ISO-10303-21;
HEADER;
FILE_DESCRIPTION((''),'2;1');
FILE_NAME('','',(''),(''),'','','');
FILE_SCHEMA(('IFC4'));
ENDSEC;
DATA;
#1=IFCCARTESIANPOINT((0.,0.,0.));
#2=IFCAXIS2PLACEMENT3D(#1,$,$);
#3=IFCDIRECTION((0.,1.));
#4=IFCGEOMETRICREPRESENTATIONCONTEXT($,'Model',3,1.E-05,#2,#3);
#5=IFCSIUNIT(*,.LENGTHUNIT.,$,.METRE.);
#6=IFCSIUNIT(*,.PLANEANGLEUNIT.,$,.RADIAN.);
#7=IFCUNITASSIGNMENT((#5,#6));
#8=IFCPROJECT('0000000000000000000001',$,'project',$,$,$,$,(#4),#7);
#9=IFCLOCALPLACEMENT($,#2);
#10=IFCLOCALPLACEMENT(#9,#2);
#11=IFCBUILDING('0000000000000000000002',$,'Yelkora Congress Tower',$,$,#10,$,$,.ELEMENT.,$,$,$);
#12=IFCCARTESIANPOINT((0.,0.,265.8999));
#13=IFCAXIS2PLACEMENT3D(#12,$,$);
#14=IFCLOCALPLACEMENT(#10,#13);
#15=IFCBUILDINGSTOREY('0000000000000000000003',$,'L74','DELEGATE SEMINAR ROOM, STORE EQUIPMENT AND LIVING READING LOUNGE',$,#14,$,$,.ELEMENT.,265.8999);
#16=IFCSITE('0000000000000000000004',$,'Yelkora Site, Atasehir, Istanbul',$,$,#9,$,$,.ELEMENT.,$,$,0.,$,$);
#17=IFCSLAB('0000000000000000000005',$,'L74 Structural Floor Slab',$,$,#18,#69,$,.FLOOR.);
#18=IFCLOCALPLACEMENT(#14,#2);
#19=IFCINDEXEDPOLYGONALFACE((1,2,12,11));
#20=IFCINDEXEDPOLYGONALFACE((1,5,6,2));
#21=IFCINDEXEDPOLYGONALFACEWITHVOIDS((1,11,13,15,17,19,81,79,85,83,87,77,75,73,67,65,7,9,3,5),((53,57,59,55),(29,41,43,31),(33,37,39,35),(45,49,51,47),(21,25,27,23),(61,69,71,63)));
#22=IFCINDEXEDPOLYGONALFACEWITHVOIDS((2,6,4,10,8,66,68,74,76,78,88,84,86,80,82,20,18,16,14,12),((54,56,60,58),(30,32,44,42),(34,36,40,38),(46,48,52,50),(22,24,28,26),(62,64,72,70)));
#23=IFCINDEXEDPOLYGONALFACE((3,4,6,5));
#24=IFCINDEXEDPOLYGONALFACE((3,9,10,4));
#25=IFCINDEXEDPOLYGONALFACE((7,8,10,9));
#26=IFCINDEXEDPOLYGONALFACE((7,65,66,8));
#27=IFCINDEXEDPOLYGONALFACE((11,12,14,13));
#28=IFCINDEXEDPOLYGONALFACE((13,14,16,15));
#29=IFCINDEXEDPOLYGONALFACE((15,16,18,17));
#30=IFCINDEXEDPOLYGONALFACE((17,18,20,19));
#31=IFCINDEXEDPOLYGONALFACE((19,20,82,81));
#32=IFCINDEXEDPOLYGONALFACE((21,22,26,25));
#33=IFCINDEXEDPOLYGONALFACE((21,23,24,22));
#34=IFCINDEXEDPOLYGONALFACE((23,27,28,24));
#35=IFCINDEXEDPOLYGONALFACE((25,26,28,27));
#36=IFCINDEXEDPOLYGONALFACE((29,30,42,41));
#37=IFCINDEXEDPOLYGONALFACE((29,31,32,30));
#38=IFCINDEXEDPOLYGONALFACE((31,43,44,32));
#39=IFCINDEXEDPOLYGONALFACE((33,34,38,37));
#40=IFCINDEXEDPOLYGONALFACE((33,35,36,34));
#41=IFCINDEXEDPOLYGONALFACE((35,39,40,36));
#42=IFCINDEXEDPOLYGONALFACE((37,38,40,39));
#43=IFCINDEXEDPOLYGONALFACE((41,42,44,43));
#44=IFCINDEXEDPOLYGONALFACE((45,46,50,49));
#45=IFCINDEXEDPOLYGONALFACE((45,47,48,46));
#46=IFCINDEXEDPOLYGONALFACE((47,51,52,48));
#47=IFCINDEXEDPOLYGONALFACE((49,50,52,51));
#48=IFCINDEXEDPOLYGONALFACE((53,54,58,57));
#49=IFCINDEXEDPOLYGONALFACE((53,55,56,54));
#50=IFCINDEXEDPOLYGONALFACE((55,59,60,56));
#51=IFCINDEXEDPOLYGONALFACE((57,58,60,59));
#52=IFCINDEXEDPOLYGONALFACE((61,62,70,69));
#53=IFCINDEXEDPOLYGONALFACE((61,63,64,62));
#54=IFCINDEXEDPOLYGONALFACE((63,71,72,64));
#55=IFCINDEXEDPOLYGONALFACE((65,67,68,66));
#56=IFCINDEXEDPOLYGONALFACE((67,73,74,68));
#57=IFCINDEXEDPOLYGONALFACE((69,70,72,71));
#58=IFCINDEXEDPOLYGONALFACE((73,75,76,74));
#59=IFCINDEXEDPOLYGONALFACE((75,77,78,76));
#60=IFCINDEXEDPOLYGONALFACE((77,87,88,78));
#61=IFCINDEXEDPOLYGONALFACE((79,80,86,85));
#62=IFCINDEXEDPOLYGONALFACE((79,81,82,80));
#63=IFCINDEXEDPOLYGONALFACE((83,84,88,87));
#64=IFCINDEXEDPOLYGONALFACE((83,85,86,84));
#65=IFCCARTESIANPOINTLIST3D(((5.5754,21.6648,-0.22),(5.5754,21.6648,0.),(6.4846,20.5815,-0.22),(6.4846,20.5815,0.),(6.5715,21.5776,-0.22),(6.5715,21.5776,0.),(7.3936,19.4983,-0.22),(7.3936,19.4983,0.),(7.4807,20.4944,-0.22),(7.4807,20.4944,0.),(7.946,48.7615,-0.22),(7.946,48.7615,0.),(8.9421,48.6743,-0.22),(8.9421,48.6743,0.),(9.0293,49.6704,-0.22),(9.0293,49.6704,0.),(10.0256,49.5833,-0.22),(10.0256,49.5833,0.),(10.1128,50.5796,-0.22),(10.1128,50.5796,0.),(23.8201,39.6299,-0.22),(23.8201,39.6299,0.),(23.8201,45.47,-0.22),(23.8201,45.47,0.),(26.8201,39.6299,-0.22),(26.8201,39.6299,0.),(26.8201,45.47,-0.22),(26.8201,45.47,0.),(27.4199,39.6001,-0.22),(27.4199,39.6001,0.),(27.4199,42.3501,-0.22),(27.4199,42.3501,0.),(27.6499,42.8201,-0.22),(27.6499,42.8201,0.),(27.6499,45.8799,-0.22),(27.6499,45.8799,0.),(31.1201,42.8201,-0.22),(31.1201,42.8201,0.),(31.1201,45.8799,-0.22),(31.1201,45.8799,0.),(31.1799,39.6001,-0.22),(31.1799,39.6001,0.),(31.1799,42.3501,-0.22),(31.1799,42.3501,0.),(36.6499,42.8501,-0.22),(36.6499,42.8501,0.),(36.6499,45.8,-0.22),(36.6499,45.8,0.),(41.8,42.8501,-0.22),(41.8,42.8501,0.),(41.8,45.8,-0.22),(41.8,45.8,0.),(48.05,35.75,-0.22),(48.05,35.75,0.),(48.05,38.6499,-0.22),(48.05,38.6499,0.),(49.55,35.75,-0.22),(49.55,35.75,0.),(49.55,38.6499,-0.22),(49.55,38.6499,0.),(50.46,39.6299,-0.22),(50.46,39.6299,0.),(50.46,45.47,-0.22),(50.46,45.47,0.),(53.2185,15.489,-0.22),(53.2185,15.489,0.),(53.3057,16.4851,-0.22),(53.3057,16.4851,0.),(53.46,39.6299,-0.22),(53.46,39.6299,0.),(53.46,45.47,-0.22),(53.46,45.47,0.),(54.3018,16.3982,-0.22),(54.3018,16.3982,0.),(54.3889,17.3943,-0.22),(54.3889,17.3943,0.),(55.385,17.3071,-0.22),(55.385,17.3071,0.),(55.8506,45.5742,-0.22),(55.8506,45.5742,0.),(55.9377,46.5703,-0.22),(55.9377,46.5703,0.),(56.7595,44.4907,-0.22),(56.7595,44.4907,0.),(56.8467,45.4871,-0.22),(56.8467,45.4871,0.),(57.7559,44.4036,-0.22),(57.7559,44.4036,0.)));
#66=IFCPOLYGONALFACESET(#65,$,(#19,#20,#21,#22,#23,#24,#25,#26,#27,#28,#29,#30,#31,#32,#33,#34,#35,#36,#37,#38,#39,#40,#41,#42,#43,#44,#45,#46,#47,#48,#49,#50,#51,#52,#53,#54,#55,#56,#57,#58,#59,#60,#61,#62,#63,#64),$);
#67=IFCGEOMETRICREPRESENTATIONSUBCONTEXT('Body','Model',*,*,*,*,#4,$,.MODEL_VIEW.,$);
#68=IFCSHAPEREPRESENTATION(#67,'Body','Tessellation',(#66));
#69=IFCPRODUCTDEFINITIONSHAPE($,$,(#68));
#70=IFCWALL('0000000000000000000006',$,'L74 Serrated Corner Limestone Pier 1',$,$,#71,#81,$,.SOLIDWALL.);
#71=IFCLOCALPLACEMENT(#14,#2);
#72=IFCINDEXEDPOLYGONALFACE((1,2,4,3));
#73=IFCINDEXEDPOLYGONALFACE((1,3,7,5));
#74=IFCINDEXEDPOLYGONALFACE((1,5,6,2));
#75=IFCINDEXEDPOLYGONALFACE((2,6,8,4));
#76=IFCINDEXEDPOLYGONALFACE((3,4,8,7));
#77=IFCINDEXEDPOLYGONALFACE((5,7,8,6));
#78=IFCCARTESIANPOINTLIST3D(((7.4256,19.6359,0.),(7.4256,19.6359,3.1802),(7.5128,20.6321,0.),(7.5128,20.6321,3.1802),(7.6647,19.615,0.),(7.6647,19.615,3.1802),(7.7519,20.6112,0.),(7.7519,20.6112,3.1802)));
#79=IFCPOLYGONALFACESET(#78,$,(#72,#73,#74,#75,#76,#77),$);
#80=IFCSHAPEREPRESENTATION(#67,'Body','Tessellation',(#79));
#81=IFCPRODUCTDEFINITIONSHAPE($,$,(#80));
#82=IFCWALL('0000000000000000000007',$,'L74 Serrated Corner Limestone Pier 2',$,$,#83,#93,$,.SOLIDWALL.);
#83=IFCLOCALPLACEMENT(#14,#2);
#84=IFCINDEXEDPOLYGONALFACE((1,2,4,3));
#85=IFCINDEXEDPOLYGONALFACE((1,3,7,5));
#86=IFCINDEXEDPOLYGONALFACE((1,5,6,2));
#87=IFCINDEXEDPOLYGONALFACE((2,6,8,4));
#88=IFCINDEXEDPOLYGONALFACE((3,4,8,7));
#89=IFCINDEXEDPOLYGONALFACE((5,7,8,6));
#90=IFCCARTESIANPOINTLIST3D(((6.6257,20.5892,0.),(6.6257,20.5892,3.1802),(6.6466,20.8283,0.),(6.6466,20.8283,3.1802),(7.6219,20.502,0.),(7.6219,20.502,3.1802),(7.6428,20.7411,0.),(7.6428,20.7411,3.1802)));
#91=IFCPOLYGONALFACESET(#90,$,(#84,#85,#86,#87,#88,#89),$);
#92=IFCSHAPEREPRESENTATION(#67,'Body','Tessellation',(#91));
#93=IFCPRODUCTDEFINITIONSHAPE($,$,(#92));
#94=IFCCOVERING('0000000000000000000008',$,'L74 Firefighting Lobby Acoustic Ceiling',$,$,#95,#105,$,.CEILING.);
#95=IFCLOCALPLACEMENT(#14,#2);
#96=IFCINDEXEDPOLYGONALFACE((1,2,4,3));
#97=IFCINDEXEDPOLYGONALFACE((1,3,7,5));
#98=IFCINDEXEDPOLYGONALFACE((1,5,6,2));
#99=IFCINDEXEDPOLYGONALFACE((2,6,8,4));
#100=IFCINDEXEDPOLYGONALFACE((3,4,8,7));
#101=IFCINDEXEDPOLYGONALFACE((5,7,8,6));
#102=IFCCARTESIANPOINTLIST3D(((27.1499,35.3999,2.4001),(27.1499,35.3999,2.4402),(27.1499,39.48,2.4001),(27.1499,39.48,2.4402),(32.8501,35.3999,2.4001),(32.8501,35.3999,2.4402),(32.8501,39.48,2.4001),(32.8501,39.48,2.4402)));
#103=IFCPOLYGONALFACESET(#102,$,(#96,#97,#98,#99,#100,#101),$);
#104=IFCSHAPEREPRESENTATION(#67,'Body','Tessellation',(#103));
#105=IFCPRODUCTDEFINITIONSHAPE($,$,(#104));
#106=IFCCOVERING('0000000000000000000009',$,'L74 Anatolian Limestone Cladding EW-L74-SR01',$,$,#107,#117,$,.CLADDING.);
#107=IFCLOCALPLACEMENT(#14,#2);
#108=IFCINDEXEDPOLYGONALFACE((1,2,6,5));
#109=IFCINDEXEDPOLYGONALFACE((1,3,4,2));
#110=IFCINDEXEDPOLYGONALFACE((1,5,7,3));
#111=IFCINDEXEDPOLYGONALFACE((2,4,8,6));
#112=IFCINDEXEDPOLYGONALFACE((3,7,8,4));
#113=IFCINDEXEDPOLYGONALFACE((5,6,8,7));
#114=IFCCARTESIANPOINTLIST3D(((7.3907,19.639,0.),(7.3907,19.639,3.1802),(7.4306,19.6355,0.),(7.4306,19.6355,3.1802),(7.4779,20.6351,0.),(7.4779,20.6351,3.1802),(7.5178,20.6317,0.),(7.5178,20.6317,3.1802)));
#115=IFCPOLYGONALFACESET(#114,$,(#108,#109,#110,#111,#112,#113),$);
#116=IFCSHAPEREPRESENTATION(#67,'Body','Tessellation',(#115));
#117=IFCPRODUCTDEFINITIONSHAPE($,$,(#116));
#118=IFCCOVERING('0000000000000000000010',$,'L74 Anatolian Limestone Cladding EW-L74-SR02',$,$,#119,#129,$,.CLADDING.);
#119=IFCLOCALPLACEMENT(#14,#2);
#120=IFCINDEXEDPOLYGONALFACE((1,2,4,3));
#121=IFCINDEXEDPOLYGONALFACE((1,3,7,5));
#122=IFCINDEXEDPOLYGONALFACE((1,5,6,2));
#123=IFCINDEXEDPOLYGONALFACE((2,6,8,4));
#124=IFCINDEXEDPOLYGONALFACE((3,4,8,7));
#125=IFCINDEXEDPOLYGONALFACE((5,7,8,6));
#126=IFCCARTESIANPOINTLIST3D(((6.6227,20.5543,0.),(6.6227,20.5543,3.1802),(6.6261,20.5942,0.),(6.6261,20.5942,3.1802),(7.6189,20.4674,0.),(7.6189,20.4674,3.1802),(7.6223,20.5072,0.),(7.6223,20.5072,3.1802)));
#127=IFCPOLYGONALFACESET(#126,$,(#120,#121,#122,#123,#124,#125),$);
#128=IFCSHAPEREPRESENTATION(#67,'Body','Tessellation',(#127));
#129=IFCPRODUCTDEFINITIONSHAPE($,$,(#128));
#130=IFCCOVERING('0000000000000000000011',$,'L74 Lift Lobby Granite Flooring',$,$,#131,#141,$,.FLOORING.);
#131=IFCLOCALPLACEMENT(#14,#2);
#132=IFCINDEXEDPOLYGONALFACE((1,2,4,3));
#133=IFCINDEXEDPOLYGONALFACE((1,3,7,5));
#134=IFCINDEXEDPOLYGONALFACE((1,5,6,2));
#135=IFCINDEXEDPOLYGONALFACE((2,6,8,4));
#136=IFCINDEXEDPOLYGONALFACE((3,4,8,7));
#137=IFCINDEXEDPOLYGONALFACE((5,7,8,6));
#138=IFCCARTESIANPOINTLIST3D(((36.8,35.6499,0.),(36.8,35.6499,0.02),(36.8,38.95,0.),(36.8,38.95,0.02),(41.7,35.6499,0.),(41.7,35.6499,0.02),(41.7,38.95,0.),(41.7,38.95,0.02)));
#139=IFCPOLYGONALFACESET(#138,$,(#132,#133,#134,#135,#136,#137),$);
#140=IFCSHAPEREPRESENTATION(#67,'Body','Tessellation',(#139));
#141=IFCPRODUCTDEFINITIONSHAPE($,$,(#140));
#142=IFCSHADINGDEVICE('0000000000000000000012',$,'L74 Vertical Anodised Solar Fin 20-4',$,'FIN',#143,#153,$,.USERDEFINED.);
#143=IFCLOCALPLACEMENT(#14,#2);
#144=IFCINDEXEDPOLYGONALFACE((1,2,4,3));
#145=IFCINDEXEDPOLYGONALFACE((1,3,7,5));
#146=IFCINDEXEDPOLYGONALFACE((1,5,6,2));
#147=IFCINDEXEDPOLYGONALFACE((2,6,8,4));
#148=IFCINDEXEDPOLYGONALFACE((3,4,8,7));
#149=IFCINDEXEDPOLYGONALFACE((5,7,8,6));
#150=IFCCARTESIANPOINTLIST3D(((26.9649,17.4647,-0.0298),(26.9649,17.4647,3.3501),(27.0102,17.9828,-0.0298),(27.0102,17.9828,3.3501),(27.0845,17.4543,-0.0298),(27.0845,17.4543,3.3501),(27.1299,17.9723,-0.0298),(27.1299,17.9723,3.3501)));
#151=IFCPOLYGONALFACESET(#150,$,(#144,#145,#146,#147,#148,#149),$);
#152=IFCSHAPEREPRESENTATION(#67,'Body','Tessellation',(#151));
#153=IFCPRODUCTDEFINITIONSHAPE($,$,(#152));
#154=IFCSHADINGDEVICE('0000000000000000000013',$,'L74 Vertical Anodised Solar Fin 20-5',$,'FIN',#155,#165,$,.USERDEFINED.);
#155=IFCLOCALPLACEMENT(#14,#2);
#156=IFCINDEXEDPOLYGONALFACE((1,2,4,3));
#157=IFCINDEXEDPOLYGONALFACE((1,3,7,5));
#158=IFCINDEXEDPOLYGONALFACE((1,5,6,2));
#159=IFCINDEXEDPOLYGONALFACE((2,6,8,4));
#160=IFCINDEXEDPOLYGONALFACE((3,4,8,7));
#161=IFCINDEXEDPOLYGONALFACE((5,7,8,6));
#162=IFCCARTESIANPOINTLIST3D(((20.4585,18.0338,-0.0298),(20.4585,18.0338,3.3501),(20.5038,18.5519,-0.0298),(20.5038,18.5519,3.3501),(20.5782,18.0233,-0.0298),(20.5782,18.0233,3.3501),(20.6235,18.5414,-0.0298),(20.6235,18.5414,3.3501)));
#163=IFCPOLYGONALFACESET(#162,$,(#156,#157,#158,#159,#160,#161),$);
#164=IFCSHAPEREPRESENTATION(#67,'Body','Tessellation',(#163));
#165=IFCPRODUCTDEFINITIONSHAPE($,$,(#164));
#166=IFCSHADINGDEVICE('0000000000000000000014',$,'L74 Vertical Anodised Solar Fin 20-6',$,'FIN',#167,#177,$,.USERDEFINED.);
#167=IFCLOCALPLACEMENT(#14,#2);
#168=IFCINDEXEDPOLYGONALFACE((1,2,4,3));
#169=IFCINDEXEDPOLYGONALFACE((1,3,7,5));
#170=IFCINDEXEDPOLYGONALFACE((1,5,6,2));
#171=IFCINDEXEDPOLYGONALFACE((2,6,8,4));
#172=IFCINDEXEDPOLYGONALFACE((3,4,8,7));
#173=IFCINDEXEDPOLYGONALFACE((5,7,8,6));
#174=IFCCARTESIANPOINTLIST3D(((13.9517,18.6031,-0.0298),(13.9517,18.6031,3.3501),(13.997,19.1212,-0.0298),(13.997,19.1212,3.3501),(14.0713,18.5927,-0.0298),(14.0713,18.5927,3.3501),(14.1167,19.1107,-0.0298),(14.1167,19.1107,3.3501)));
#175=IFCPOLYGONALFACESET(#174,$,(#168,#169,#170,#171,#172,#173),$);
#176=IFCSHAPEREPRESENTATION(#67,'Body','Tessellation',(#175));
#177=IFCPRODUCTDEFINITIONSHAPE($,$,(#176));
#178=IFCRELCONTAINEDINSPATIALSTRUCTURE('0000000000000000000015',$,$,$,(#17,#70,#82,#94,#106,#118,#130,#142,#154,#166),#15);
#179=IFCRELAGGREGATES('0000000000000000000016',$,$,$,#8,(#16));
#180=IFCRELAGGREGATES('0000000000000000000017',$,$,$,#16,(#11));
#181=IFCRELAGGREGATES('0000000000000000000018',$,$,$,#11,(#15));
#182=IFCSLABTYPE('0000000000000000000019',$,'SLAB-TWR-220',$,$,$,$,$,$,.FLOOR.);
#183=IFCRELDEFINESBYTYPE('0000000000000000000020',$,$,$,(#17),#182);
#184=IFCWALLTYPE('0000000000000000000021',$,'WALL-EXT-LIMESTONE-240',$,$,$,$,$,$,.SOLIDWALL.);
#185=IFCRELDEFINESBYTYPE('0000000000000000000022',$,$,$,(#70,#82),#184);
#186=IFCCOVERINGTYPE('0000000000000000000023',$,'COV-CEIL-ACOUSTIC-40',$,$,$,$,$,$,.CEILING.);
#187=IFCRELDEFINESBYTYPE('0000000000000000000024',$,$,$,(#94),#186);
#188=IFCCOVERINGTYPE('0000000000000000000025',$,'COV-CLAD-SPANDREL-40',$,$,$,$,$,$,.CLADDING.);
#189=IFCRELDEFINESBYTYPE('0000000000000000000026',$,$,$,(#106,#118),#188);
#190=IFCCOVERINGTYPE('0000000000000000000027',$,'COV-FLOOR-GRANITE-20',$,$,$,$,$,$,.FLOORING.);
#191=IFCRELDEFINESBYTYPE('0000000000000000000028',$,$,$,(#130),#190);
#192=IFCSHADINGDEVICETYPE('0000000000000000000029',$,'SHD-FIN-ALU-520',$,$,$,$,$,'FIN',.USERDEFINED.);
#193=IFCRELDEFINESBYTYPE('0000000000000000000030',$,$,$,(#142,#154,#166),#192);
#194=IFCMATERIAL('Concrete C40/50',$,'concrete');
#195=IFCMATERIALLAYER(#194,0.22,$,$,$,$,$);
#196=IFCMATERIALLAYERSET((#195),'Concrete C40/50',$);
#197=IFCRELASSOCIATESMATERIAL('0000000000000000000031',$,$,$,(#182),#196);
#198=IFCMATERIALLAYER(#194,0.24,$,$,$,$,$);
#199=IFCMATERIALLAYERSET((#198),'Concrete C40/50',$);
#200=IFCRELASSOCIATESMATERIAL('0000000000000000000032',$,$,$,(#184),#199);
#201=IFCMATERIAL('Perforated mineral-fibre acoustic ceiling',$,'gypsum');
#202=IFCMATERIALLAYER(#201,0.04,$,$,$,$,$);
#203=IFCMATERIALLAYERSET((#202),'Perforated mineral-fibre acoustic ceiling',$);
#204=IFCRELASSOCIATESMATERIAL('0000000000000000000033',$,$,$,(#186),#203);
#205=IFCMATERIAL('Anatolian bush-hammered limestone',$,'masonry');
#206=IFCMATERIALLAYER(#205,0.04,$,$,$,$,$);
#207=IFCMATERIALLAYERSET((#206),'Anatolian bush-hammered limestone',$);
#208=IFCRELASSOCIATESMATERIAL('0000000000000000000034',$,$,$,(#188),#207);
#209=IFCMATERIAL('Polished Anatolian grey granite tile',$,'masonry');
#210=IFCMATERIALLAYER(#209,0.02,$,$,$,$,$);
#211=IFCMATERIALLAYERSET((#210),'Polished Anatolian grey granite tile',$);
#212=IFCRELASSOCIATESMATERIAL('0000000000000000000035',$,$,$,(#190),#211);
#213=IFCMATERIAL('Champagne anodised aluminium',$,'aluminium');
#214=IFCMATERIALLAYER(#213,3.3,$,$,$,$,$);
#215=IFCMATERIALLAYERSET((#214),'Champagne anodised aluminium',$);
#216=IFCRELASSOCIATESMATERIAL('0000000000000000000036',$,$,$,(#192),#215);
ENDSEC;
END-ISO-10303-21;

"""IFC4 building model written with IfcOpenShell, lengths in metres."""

from ifc_helpers import new_model, si_unit, direction, frame, frame_2d, origin, origin_2d, place, context, subcontext, project, spatial, polyline, rectangle, outline, extrude, material, layer, layer_set, type_object, element, save


model = new_model("IFC4")

# Units and contexts
model_context = context("Model", 3, precision=1e-05, world=origin(), true_north=direction((0.0, 1.0)))
body_context = subcontext(model_context, "Body", "Model", "MODEL_VIEW")
ifc_project = project(units=[si_unit("LENGTHUNIT", "METRE"), si_unit("PLANEANGLEUNIT", "RADIAN")], contexts=[model_context])

# Site, building, storey
site_placement = place(None, origin())
site = spatial("IfcSite", under=ifc_project, at=site_placement, Name="Yelkora Site, Atasehir, Istanbul", CompositionType="ELEMENT", RefElevation=0.0)
building_placement = place(site_placement, origin())
building = spatial("IfcBuilding", under=site, at=building_placement, Name="Yelkora Congress Tower", CompositionType="ELEMENT")
storey_placement = place(building_placement, frame((0.0, 0.0, 265.8999)))
storey = spatial("IfcBuildingStorey", under=building, at=storey_placement, Name="L74", Description="DELEGATE SEMINAR ROOM, STORE EQUIPMENT AND LIVING READING LOUNGE", CompositionType="ELEMENT", Elevation=265.8999)

# Shared definitions
ifc_material_1 = material(Name="Concrete C40/50", Category="concrete")

# Slab
ifc_layer_1 = layer(ifc_material_1, 0.22)
ifc_layer_set_1 = layer_set([ifc_layer_1], Name="Concrete C40/50")
slab_type_1 = type_object("IfcSlabType", Name="SLAB-TWR-220", PredefinedType="FLOOR", material=ifc_layer_set_1)
slab_1_placement = place(storey_placement, frame((0.0, 0.0, -0.22)))
element("IfcSlab", 1, at=slab_1_placement, inside=storey, type_object=slab_type_1, Name="L74 Structural Floor Slab", PredefinedType="FLOOR", context=body_context, shape_type="SweptSolid", body=[
    extrude(outline(polyline([(7.3936, 19.4983), (53.2185, 15.489), (53.3057, 16.4851), (54.3018, 16.3982), (54.3889, 17.3943), (55.385, 17.3071), (57.7559, 44.4036), (56.7595, 44.4907), (56.8467, 45.4871), (55.8506, 45.5742), (55.9377, 46.5703), (10.1128, 50.5796), (10.0256, 49.5833), (9.0293, 49.6704), (8.9421, 48.6743), (7.946, 48.7615), (5.5754, 21.6648), (6.5715, 21.5776), (6.4846, 20.5815), (7.4807, 20.4944), (7.3936, 19.4983)]), holes=[polyline([(23.8201, 39.6299), (26.8201, 39.6299), (26.8201, 45.47), (23.8201, 45.47), (23.8201, 39.6299)]), polyline([(50.46, 39.6299), (53.46, 39.6299), (53.46, 45.47), (50.46, 45.47), (50.46, 39.6299)]), polyline([(48.05, 35.75), (49.55, 35.75), (49.55, 38.6499), (48.05, 38.6499), (48.05, 35.75)]), polyline([(36.6499, 42.8501), (41.8, 42.8501), (41.8, 45.8), (36.6499, 45.8), (36.6499, 42.8501)]), polyline([(27.4199, 39.6001), (31.1799, 39.6001), (31.1799, 42.3501), (27.4199, 42.3501), (27.4199, 39.6001)]), polyline([(27.6499, 42.8201), (31.1201, 42.8201), (31.1201, 45.8799), (27.6499, 45.8799), (27.6499, 42.8201)])]), origin(), (0.0, 0.0, 1.0), 0.22),
])

# Walls
ifc_layer_2 = layer(ifc_material_1, 0.24)
ifc_layer_set_2 = layer_set([ifc_layer_2], Name="Concrete C40/50")
wall_type = type_object("IfcWallType", Name="WALL-EXT-LIMESTONE-240", PredefinedType="SOLIDWALL", material=ifc_layer_set_2)
for number, where, z_axis, x_axis, name in (
    (2, (7.5452, 19.6255, 0.0), (0.0, 0.0, 1.0), (0.087167, 0.996194, 0.0), "L74 Serrated Corner Limestone Pier 1"),
    (3, (7.6323, 20.6216, 0.0), (0.0, 0.0, 1.0), (-0.996194, 0.087167, 0.0), "L74 Serrated Corner Limestone Pier 2"),
):
    element("IfcWall", number, at=place(storey_placement, frame(where, z_axis=z_axis, x_axis=x_axis)), inside=storey, type_object=wall_type, Name=name, PredefinedType="SOLIDWALL", context=body_context, shape_type="SweptSolid", body=[
        extrude(rectangle(XDim=1.0, YDim=0.24, at=frame_2d((0.5, 0.0))), origin(), (0.0, 0.0, 1.0), 3.1802),
    ])

# Coverings
ifc_material_2 = material(Name="Perforated mineral-fibre acoustic ceiling", Category="gypsum")
ifc_layer_3 = layer(ifc_material_2, 0.04)
ifc_layer_set_3 = layer_set([ifc_layer_3], Name="Perforated mineral-fibre acoustic ceiling")
covering_type_1 = type_object("IfcCoveringType", Name="COV-CEIL-ACOUSTIC-40", PredefinedType="CEILING", material=ifc_layer_set_3)
covering_1_placement = place(storey_placement, frame((0.0, 0.0, 2.4001)))
element("IfcCovering", 4, at=covering_1_placement, inside=storey, type_object=covering_type_1, Name="L74 Firefighting Lobby Acoustic Ceiling", PredefinedType="CEILING", context=body_context, shape_type="SweptSolid", body=[
    extrude(outline(polyline([(27.1499, 35.3999), (32.8501, 35.3999), (32.8501, 39.48), (27.1499, 39.48), (27.1499, 35.3999)])), origin(), (0.0, 0.0, 1.0), 0.04),
])
ifc_material_3 = material(Name="Anatolian bush-hammered limestone", Category="masonry")
ifc_layer_4 = layer(ifc_material_3, 0.04)
ifc_layer_set_4 = layer_set([ifc_layer_4], Name="Anatolian bush-hammered limestone")
covering_type_2 = type_object("IfcCoveringType", Name="COV-CLAD-SPANDREL-40", PredefinedType="CLADDING", material=ifc_layer_set_4)
for number, where, z_axis, x_axis, name in (
    (5, (7.4106, 19.6372, 0.0), (0.0, 0.0, 1.0), (0.087167, 0.996194, 0.0), "L74 Anatolian Limestone Cladding EW-L74-SR01"),
    (6, (7.6206, 20.4873, 0.0), (0.0, 0.0, 1.0), (-0.996215, 0.086925, 0.0), "L74 Anatolian Limestone Cladding EW-L74-SR02"),
):
    element("IfcCovering", number, at=place(storey_placement, frame(where, z_axis=z_axis, x_axis=x_axis)), inside=storey, type_object=covering_type_2, Name=name, PredefinedType="CLADDING", context=body_context, shape_type="SweptSolid", body=[
        extrude(rectangle(XDim=1.0, YDim=0.04, at=frame_2d((0.5, 0.0))), origin(), (0.0, 0.0, 1.0), 3.1802),
    ])
ifc_material_4 = material(Name="Polished Anatolian grey granite tile", Category="masonry")
ifc_layer_5 = layer(ifc_material_4, 0.02)
ifc_layer_set_5 = layer_set([ifc_layer_5], Name="Polished Anatolian grey granite tile")
covering_type_3 = type_object("IfcCoveringType", Name="COV-FLOOR-GRANITE-20", PredefinedType="FLOORING", material=ifc_layer_set_5)
covering_2_placement = place(storey_placement, origin())
element("IfcCovering", 7, at=covering_2_placement, inside=storey, type_object=covering_type_3, Name="L74 Lift Lobby Granite Flooring", PredefinedType="FLOORING", context=body_context, shape_type="SweptSolid", body=[
    extrude(outline(polyline([(36.8, 35.6499), (41.7, 35.6499), (41.7, 38.95), (36.8, 38.95), (36.8, 35.6499)])), origin(), (0.0, 0.0, 1.0), 0.02),
])

# Shading devices
ifc_material_5 = material(Name="Champagne anodised aluminium", Category="aluminium")
ifc_layer_6 = layer(ifc_material_5, 3.3)
ifc_layer_set_6 = layer_set([ifc_layer_6], Name="Champagne anodised aluminium")
shading_device_type = type_object("IfcShadingDeviceType", Name="SHD-FIN-ALU-520", ElementType="FIN", PredefinedType="USERDEFINED", material=ifc_layer_set_6)
for number, where, z_axis, x_axis, name in (
    (8, (27.0474, 17.7185, -0.0298), (0.0, 0.0, 1.0), (-0.996195, 0.087156, 0.0), "L74 Vertical Anodised Solar Fin 20-4"),
    (9, (20.541, 18.2876, -0.0298), (0.0, 0.0, 1.0), (-0.996195, 0.087156, 0.0), "L74 Vertical Anodised Solar Fin 20-5"),
    (10, (14.0342, 18.8569, -0.0298), (0.0, 0.0, 1.0), (-0.996195, 0.087156, 0.0), "L74 Vertical Anodised Solar Fin 20-6"),
):
    element("IfcShadingDevice", number, at=place(storey_placement, frame(where, z_axis=z_axis, x_axis=x_axis)), inside=storey, type_object=shading_device_type, Name=name, ObjectType="FIN", PredefinedType="USERDEFINED", context=body_context, shape_type="SweptSolid", body=[
        extrude(rectangle(XDim=0.1201, YDim=0.52, at=origin_2d()), origin(), (0.0, 0.0, 1.0), 3.3799),
    ])

save(model, "model.ifc")
